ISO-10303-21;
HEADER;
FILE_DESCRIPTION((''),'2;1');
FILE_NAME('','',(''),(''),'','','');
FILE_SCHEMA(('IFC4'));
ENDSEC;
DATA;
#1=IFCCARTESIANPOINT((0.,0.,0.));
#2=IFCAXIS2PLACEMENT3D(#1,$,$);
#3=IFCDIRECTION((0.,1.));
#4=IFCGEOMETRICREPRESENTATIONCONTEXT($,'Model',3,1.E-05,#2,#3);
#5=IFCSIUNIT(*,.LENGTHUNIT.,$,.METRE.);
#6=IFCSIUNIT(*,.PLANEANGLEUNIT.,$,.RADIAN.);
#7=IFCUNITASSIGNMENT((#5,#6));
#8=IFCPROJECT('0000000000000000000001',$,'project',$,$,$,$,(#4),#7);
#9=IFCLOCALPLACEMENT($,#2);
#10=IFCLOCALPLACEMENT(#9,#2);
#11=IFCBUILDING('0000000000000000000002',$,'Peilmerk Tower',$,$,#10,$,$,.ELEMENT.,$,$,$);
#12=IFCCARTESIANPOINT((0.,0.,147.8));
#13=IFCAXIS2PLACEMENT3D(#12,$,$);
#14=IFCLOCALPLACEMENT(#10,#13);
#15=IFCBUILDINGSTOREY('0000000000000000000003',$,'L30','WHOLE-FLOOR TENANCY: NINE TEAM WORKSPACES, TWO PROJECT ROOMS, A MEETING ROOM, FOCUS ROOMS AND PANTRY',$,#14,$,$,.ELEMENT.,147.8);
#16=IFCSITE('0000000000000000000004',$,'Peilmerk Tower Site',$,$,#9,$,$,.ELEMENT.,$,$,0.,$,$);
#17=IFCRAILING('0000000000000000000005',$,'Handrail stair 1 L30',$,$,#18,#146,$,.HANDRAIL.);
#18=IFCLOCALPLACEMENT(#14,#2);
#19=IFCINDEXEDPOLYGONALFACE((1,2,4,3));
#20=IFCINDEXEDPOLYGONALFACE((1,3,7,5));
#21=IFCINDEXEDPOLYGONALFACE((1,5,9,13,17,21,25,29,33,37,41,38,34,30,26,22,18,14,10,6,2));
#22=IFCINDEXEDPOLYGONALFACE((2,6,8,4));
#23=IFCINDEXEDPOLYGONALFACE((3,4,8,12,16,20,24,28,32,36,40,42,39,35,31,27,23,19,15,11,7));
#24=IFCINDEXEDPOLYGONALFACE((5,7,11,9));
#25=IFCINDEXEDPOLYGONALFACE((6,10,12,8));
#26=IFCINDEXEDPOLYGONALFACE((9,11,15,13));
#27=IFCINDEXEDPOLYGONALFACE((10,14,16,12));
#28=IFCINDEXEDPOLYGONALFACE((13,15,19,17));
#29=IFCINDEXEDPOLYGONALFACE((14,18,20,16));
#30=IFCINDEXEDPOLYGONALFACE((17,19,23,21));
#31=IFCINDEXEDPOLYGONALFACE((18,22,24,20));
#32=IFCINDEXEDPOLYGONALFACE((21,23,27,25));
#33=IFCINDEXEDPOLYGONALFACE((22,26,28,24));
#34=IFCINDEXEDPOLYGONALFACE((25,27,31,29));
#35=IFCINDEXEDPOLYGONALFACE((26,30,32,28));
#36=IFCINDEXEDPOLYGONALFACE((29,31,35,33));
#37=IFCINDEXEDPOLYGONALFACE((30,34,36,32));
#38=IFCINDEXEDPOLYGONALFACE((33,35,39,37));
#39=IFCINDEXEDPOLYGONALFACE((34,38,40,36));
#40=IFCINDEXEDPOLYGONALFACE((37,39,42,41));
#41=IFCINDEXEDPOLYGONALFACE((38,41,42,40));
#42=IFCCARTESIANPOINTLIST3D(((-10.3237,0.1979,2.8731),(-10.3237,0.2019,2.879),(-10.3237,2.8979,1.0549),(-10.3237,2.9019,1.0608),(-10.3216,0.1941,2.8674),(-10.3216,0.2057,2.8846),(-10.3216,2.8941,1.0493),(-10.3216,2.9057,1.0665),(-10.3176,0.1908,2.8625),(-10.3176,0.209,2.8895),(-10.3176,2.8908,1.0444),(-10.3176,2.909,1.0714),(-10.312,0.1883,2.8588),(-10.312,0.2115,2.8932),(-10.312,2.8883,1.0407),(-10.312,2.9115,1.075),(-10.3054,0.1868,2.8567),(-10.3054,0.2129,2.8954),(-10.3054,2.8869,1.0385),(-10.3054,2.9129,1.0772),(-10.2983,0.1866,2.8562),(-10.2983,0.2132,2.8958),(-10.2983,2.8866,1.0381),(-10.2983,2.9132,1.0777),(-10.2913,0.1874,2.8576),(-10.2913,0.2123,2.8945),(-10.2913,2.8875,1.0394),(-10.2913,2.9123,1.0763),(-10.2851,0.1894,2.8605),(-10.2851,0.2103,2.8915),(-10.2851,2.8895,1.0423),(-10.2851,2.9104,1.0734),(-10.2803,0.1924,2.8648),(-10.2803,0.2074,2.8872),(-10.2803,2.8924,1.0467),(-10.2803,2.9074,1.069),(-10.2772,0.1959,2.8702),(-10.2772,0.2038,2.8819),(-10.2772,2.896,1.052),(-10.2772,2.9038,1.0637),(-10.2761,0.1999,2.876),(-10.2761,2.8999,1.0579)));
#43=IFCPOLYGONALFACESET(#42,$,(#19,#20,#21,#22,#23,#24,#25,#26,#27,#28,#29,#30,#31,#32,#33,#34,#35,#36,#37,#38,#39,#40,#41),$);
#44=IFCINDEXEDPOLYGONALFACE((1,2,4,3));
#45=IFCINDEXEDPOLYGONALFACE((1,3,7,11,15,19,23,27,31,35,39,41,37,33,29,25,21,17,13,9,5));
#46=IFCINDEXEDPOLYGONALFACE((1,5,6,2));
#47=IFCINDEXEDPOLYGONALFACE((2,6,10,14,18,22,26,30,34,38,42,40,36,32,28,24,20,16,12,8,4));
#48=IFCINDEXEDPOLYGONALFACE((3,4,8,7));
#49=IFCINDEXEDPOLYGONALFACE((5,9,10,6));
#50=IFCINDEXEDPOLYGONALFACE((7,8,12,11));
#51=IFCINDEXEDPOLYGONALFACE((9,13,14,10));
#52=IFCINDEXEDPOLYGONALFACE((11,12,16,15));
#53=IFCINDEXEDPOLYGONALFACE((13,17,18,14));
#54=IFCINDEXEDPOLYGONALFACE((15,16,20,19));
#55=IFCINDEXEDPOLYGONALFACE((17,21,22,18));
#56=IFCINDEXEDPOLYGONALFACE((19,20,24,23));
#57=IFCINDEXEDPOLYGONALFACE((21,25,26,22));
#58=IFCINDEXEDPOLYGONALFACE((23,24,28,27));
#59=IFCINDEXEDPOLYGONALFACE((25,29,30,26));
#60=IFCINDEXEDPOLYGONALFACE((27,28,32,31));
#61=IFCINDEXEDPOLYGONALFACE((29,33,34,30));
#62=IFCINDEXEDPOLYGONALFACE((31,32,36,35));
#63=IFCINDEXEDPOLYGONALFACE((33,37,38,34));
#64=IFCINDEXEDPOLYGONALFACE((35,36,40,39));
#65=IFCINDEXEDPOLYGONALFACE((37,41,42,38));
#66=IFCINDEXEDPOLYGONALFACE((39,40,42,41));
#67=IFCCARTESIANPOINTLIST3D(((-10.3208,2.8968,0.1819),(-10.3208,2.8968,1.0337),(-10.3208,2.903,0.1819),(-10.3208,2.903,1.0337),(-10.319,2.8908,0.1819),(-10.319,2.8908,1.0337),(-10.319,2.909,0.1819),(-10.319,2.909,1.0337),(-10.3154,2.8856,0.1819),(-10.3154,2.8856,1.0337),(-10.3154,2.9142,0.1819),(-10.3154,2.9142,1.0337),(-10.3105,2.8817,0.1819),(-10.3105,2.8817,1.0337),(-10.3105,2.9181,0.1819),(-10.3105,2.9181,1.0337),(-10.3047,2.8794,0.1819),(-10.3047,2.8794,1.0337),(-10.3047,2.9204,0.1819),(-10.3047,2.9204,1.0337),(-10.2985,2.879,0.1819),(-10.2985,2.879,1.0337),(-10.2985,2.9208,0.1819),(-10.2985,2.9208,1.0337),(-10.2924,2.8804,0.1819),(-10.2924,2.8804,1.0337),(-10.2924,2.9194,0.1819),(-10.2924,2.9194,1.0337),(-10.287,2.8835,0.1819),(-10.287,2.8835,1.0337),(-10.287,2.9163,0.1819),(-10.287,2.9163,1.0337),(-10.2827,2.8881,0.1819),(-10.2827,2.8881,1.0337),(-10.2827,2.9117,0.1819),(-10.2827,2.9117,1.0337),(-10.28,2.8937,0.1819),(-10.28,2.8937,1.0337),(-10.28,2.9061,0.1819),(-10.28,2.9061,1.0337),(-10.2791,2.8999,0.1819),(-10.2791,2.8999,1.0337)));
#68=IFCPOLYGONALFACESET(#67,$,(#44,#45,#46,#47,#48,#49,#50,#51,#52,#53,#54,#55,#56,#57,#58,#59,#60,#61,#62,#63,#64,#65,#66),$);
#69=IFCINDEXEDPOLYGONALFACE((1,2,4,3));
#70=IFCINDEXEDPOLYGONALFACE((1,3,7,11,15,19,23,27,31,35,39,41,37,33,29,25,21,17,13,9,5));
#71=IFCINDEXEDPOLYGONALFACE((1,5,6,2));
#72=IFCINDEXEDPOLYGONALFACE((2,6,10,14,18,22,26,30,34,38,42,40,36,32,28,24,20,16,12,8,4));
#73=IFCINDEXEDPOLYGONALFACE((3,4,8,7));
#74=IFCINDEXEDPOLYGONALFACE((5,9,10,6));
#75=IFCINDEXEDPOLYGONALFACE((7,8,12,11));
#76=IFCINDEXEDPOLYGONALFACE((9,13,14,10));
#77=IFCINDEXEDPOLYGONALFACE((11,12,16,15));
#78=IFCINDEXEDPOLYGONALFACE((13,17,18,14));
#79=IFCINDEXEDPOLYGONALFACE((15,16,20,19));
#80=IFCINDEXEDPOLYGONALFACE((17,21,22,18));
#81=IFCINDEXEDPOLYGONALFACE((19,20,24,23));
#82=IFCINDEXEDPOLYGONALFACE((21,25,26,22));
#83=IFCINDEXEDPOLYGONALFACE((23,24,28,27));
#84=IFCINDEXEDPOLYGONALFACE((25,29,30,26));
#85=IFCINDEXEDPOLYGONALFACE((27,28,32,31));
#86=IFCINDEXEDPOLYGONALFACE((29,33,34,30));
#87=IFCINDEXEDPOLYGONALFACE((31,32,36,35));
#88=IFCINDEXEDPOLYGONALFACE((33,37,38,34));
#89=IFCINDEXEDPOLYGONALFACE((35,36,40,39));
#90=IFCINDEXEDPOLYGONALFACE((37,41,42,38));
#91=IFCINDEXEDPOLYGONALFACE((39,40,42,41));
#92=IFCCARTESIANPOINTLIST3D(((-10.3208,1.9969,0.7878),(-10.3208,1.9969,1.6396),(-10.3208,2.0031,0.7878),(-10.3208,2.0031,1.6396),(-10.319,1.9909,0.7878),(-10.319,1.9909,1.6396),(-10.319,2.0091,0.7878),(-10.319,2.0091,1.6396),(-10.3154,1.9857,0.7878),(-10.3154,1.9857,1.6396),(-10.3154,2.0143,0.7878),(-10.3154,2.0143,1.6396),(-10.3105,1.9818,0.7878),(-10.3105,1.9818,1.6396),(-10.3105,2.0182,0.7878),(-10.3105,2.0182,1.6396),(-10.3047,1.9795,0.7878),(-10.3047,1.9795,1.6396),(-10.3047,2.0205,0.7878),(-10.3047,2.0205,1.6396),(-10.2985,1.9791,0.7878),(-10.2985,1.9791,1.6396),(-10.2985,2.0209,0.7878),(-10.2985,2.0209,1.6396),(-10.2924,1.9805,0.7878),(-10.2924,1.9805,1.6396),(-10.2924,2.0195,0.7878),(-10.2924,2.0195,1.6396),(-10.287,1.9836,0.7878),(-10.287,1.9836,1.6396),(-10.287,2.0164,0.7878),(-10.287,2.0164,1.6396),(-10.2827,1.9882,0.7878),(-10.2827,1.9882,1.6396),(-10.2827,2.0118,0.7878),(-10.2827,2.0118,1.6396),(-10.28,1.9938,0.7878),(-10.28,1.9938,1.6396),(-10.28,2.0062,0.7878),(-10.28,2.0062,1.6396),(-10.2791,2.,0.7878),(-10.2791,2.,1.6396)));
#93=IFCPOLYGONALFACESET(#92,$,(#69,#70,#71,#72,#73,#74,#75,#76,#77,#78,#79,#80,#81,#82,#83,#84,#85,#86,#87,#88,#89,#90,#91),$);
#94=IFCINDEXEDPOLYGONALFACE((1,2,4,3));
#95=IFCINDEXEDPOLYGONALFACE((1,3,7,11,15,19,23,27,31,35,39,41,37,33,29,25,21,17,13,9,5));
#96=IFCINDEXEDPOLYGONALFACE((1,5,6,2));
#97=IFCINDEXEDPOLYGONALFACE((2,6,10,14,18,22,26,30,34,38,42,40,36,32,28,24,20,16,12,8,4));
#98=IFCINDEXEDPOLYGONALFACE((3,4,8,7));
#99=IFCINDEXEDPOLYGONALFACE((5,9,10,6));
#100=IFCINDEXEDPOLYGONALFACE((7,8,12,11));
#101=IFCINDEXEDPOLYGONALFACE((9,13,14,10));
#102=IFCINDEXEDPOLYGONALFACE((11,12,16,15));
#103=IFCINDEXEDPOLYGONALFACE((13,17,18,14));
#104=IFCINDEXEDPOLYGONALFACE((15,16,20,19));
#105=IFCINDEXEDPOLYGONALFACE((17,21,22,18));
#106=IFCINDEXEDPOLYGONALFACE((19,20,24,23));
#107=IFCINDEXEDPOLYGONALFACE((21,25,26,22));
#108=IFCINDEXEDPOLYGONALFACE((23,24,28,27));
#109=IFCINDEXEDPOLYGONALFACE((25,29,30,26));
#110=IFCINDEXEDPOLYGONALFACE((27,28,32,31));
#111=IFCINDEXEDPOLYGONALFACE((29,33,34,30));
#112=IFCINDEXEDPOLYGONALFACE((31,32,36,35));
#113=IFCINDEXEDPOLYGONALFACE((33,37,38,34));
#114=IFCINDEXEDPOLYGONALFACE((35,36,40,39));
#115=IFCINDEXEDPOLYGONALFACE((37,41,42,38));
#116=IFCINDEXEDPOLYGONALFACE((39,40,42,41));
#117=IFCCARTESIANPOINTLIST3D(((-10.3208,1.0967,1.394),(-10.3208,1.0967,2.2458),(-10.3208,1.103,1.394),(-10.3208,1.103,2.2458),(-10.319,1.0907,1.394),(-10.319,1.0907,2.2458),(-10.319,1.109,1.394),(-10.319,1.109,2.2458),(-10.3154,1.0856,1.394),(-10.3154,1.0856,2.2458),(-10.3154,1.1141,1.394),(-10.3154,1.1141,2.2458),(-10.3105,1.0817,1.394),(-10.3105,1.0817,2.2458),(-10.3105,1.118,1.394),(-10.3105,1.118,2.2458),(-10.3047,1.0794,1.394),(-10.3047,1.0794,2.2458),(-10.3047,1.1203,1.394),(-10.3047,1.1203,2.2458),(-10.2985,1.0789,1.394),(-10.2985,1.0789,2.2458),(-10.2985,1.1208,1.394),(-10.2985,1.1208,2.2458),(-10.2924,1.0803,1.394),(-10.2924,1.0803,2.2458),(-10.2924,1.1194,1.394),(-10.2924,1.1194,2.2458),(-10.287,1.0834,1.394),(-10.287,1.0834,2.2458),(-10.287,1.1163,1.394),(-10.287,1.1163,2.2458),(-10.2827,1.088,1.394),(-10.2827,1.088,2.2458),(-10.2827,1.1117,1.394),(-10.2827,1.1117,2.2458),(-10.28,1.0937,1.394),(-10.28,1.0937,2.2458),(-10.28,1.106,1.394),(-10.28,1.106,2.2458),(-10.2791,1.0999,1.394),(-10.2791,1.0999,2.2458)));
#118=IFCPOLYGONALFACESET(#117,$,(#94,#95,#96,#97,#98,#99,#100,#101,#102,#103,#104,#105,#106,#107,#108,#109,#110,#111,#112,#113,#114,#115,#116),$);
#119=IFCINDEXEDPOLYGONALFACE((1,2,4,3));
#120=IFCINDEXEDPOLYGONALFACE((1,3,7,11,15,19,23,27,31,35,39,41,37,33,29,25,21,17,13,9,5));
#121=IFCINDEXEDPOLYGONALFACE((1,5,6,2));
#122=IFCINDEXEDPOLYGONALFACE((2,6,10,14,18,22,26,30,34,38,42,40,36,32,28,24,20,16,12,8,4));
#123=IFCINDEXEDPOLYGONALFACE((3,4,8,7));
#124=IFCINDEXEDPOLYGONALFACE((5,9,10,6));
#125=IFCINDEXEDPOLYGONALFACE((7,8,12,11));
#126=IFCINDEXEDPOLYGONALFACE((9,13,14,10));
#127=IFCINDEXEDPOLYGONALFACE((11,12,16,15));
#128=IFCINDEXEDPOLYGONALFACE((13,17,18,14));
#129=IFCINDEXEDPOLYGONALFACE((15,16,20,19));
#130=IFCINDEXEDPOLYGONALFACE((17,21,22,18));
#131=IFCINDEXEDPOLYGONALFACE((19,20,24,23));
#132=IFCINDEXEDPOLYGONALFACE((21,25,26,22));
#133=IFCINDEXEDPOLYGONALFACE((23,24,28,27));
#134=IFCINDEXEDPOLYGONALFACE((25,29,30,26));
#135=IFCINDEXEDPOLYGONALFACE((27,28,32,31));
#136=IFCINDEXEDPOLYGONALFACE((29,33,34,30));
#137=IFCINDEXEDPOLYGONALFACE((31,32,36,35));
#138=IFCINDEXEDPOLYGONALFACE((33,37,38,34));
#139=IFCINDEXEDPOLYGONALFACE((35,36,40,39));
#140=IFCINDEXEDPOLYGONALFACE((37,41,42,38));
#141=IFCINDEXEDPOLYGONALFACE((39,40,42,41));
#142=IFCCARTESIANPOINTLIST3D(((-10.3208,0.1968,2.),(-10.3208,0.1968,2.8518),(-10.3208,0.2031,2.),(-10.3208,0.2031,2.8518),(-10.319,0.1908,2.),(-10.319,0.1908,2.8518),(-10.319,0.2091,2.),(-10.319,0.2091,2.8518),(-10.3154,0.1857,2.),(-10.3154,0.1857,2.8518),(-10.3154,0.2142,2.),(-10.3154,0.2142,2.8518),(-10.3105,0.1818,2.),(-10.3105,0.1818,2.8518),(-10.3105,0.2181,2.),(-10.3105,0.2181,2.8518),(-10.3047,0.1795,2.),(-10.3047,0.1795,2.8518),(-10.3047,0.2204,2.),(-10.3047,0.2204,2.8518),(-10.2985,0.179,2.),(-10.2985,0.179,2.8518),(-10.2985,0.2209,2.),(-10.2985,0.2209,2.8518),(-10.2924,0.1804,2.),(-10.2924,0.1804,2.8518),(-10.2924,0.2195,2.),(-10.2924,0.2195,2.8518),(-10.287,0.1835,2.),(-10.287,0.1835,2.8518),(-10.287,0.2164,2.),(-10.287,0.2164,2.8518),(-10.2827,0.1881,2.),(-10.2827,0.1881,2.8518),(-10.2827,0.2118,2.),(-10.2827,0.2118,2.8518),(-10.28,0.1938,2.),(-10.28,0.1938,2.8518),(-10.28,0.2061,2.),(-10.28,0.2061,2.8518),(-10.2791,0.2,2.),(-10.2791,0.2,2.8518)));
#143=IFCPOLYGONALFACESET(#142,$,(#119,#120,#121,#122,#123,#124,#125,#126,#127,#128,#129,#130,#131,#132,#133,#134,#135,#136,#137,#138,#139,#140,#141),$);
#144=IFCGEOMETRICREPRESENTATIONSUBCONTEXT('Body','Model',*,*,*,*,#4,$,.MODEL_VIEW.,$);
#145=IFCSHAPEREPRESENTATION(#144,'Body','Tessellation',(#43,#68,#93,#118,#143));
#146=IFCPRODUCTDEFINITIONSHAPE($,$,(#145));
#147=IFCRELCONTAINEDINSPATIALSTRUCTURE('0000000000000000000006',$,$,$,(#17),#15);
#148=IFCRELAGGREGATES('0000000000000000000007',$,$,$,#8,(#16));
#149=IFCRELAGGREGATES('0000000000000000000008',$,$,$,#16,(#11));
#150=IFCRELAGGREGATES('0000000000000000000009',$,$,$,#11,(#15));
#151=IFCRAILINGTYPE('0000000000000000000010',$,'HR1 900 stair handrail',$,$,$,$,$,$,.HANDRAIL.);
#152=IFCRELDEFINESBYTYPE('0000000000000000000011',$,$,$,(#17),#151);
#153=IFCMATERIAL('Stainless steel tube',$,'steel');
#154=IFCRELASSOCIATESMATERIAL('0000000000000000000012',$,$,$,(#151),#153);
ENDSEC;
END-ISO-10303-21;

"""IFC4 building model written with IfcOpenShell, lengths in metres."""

from ifc_helpers import new_model, si_unit, direction, frame, origin, origin_2d, place, context, subcontext, project, spatial, circle, extrude, material, type_object, element, save


model = new_model("IFC4")

# Units and contexts
model_context = context("Model", 3, precision=1e-05, world=origin(), true_north=direction((0.0, 1.0)))
body_context = subcontext(model_context, "Body", "Model", "MODEL_VIEW")
ifc_project = project(units=[si_unit("LENGTHUNIT", "METRE"), si_unit("PLANEANGLEUNIT", "RADIAN")], contexts=[model_context])

# Site, building, storey
site_placement = place(None, origin())
site = spatial("IfcSite", under=ifc_project, at=site_placement, Name="Peilmerk Tower Site", CompositionType="ELEMENT", RefElevation=0.0)
building_placement = place(site_placement, origin())
building = spatial("IfcBuilding", under=site, at=building_placement, Name="Peilmerk Tower", CompositionType="ELEMENT")
storey_placement = place(building_placement, frame((0.0, 0.0, 147.8)))
storey = spatial("IfcBuildingStorey", under=building, at=storey_placement, Name="L30", Description="WHOLE-FLOOR TENANCY: NINE TEAM WORKSPACES, TWO PROJECT ROOMS, A MEETING ROOM, FOCUS ROOMS AND PANTRY", CompositionType="ELEMENT", Elevation=147.8)

# Railing
ifc_material_1 = material(Name="Stainless steel tube", Category="steel")
railing_type_1 = type_object("IfcRailingType", Name="HR1 900 stair handrail", PredefinedType="HANDRAIL", material=ifc_material_1)
railing_1_placement = place(storey_placement, frame((-10.3, 2.8999, 0.1819)))
element("IfcRailing", 1, at=railing_1_placement, inside=storey, type_object=railing_type_1, Name="Handrail stair 1 L30", PredefinedType="HANDRAIL", context=body_context, shape_type="SweptSolid", body=[
    extrude(circle(Radius=0.0239, at=origin_2d()), frame((0.0, 0.0, 0.876), z_axis=(0.0, -0.829468, 0.558554), x_axis=(1.0, 0.0, 0.0)), (0.0, 0.0, 1.0), 3.2551),
    extrude(circle(Radius=0.021, at=origin_2d()), origin(), (0.0, 0.0, 1.0), 0.8518),
    extrude(circle(Radius=0.021, at=origin_2d()), frame((0.0, -0.8999, 0.606)), (0.0, 0.0, 1.0), 0.8518),
    extrude(circle(Radius=0.021, at=origin_2d()), frame((0.0, -1.8, 1.2122)), (0.0, 0.0, 1.0), 0.8518),
    extrude(circle(Radius=0.021, at=origin_2d()), frame((0.0, -2.7, 1.8181)), (0.0, 0.0, 1.0), 0.8518),
])

save(model, "model.ifc")
